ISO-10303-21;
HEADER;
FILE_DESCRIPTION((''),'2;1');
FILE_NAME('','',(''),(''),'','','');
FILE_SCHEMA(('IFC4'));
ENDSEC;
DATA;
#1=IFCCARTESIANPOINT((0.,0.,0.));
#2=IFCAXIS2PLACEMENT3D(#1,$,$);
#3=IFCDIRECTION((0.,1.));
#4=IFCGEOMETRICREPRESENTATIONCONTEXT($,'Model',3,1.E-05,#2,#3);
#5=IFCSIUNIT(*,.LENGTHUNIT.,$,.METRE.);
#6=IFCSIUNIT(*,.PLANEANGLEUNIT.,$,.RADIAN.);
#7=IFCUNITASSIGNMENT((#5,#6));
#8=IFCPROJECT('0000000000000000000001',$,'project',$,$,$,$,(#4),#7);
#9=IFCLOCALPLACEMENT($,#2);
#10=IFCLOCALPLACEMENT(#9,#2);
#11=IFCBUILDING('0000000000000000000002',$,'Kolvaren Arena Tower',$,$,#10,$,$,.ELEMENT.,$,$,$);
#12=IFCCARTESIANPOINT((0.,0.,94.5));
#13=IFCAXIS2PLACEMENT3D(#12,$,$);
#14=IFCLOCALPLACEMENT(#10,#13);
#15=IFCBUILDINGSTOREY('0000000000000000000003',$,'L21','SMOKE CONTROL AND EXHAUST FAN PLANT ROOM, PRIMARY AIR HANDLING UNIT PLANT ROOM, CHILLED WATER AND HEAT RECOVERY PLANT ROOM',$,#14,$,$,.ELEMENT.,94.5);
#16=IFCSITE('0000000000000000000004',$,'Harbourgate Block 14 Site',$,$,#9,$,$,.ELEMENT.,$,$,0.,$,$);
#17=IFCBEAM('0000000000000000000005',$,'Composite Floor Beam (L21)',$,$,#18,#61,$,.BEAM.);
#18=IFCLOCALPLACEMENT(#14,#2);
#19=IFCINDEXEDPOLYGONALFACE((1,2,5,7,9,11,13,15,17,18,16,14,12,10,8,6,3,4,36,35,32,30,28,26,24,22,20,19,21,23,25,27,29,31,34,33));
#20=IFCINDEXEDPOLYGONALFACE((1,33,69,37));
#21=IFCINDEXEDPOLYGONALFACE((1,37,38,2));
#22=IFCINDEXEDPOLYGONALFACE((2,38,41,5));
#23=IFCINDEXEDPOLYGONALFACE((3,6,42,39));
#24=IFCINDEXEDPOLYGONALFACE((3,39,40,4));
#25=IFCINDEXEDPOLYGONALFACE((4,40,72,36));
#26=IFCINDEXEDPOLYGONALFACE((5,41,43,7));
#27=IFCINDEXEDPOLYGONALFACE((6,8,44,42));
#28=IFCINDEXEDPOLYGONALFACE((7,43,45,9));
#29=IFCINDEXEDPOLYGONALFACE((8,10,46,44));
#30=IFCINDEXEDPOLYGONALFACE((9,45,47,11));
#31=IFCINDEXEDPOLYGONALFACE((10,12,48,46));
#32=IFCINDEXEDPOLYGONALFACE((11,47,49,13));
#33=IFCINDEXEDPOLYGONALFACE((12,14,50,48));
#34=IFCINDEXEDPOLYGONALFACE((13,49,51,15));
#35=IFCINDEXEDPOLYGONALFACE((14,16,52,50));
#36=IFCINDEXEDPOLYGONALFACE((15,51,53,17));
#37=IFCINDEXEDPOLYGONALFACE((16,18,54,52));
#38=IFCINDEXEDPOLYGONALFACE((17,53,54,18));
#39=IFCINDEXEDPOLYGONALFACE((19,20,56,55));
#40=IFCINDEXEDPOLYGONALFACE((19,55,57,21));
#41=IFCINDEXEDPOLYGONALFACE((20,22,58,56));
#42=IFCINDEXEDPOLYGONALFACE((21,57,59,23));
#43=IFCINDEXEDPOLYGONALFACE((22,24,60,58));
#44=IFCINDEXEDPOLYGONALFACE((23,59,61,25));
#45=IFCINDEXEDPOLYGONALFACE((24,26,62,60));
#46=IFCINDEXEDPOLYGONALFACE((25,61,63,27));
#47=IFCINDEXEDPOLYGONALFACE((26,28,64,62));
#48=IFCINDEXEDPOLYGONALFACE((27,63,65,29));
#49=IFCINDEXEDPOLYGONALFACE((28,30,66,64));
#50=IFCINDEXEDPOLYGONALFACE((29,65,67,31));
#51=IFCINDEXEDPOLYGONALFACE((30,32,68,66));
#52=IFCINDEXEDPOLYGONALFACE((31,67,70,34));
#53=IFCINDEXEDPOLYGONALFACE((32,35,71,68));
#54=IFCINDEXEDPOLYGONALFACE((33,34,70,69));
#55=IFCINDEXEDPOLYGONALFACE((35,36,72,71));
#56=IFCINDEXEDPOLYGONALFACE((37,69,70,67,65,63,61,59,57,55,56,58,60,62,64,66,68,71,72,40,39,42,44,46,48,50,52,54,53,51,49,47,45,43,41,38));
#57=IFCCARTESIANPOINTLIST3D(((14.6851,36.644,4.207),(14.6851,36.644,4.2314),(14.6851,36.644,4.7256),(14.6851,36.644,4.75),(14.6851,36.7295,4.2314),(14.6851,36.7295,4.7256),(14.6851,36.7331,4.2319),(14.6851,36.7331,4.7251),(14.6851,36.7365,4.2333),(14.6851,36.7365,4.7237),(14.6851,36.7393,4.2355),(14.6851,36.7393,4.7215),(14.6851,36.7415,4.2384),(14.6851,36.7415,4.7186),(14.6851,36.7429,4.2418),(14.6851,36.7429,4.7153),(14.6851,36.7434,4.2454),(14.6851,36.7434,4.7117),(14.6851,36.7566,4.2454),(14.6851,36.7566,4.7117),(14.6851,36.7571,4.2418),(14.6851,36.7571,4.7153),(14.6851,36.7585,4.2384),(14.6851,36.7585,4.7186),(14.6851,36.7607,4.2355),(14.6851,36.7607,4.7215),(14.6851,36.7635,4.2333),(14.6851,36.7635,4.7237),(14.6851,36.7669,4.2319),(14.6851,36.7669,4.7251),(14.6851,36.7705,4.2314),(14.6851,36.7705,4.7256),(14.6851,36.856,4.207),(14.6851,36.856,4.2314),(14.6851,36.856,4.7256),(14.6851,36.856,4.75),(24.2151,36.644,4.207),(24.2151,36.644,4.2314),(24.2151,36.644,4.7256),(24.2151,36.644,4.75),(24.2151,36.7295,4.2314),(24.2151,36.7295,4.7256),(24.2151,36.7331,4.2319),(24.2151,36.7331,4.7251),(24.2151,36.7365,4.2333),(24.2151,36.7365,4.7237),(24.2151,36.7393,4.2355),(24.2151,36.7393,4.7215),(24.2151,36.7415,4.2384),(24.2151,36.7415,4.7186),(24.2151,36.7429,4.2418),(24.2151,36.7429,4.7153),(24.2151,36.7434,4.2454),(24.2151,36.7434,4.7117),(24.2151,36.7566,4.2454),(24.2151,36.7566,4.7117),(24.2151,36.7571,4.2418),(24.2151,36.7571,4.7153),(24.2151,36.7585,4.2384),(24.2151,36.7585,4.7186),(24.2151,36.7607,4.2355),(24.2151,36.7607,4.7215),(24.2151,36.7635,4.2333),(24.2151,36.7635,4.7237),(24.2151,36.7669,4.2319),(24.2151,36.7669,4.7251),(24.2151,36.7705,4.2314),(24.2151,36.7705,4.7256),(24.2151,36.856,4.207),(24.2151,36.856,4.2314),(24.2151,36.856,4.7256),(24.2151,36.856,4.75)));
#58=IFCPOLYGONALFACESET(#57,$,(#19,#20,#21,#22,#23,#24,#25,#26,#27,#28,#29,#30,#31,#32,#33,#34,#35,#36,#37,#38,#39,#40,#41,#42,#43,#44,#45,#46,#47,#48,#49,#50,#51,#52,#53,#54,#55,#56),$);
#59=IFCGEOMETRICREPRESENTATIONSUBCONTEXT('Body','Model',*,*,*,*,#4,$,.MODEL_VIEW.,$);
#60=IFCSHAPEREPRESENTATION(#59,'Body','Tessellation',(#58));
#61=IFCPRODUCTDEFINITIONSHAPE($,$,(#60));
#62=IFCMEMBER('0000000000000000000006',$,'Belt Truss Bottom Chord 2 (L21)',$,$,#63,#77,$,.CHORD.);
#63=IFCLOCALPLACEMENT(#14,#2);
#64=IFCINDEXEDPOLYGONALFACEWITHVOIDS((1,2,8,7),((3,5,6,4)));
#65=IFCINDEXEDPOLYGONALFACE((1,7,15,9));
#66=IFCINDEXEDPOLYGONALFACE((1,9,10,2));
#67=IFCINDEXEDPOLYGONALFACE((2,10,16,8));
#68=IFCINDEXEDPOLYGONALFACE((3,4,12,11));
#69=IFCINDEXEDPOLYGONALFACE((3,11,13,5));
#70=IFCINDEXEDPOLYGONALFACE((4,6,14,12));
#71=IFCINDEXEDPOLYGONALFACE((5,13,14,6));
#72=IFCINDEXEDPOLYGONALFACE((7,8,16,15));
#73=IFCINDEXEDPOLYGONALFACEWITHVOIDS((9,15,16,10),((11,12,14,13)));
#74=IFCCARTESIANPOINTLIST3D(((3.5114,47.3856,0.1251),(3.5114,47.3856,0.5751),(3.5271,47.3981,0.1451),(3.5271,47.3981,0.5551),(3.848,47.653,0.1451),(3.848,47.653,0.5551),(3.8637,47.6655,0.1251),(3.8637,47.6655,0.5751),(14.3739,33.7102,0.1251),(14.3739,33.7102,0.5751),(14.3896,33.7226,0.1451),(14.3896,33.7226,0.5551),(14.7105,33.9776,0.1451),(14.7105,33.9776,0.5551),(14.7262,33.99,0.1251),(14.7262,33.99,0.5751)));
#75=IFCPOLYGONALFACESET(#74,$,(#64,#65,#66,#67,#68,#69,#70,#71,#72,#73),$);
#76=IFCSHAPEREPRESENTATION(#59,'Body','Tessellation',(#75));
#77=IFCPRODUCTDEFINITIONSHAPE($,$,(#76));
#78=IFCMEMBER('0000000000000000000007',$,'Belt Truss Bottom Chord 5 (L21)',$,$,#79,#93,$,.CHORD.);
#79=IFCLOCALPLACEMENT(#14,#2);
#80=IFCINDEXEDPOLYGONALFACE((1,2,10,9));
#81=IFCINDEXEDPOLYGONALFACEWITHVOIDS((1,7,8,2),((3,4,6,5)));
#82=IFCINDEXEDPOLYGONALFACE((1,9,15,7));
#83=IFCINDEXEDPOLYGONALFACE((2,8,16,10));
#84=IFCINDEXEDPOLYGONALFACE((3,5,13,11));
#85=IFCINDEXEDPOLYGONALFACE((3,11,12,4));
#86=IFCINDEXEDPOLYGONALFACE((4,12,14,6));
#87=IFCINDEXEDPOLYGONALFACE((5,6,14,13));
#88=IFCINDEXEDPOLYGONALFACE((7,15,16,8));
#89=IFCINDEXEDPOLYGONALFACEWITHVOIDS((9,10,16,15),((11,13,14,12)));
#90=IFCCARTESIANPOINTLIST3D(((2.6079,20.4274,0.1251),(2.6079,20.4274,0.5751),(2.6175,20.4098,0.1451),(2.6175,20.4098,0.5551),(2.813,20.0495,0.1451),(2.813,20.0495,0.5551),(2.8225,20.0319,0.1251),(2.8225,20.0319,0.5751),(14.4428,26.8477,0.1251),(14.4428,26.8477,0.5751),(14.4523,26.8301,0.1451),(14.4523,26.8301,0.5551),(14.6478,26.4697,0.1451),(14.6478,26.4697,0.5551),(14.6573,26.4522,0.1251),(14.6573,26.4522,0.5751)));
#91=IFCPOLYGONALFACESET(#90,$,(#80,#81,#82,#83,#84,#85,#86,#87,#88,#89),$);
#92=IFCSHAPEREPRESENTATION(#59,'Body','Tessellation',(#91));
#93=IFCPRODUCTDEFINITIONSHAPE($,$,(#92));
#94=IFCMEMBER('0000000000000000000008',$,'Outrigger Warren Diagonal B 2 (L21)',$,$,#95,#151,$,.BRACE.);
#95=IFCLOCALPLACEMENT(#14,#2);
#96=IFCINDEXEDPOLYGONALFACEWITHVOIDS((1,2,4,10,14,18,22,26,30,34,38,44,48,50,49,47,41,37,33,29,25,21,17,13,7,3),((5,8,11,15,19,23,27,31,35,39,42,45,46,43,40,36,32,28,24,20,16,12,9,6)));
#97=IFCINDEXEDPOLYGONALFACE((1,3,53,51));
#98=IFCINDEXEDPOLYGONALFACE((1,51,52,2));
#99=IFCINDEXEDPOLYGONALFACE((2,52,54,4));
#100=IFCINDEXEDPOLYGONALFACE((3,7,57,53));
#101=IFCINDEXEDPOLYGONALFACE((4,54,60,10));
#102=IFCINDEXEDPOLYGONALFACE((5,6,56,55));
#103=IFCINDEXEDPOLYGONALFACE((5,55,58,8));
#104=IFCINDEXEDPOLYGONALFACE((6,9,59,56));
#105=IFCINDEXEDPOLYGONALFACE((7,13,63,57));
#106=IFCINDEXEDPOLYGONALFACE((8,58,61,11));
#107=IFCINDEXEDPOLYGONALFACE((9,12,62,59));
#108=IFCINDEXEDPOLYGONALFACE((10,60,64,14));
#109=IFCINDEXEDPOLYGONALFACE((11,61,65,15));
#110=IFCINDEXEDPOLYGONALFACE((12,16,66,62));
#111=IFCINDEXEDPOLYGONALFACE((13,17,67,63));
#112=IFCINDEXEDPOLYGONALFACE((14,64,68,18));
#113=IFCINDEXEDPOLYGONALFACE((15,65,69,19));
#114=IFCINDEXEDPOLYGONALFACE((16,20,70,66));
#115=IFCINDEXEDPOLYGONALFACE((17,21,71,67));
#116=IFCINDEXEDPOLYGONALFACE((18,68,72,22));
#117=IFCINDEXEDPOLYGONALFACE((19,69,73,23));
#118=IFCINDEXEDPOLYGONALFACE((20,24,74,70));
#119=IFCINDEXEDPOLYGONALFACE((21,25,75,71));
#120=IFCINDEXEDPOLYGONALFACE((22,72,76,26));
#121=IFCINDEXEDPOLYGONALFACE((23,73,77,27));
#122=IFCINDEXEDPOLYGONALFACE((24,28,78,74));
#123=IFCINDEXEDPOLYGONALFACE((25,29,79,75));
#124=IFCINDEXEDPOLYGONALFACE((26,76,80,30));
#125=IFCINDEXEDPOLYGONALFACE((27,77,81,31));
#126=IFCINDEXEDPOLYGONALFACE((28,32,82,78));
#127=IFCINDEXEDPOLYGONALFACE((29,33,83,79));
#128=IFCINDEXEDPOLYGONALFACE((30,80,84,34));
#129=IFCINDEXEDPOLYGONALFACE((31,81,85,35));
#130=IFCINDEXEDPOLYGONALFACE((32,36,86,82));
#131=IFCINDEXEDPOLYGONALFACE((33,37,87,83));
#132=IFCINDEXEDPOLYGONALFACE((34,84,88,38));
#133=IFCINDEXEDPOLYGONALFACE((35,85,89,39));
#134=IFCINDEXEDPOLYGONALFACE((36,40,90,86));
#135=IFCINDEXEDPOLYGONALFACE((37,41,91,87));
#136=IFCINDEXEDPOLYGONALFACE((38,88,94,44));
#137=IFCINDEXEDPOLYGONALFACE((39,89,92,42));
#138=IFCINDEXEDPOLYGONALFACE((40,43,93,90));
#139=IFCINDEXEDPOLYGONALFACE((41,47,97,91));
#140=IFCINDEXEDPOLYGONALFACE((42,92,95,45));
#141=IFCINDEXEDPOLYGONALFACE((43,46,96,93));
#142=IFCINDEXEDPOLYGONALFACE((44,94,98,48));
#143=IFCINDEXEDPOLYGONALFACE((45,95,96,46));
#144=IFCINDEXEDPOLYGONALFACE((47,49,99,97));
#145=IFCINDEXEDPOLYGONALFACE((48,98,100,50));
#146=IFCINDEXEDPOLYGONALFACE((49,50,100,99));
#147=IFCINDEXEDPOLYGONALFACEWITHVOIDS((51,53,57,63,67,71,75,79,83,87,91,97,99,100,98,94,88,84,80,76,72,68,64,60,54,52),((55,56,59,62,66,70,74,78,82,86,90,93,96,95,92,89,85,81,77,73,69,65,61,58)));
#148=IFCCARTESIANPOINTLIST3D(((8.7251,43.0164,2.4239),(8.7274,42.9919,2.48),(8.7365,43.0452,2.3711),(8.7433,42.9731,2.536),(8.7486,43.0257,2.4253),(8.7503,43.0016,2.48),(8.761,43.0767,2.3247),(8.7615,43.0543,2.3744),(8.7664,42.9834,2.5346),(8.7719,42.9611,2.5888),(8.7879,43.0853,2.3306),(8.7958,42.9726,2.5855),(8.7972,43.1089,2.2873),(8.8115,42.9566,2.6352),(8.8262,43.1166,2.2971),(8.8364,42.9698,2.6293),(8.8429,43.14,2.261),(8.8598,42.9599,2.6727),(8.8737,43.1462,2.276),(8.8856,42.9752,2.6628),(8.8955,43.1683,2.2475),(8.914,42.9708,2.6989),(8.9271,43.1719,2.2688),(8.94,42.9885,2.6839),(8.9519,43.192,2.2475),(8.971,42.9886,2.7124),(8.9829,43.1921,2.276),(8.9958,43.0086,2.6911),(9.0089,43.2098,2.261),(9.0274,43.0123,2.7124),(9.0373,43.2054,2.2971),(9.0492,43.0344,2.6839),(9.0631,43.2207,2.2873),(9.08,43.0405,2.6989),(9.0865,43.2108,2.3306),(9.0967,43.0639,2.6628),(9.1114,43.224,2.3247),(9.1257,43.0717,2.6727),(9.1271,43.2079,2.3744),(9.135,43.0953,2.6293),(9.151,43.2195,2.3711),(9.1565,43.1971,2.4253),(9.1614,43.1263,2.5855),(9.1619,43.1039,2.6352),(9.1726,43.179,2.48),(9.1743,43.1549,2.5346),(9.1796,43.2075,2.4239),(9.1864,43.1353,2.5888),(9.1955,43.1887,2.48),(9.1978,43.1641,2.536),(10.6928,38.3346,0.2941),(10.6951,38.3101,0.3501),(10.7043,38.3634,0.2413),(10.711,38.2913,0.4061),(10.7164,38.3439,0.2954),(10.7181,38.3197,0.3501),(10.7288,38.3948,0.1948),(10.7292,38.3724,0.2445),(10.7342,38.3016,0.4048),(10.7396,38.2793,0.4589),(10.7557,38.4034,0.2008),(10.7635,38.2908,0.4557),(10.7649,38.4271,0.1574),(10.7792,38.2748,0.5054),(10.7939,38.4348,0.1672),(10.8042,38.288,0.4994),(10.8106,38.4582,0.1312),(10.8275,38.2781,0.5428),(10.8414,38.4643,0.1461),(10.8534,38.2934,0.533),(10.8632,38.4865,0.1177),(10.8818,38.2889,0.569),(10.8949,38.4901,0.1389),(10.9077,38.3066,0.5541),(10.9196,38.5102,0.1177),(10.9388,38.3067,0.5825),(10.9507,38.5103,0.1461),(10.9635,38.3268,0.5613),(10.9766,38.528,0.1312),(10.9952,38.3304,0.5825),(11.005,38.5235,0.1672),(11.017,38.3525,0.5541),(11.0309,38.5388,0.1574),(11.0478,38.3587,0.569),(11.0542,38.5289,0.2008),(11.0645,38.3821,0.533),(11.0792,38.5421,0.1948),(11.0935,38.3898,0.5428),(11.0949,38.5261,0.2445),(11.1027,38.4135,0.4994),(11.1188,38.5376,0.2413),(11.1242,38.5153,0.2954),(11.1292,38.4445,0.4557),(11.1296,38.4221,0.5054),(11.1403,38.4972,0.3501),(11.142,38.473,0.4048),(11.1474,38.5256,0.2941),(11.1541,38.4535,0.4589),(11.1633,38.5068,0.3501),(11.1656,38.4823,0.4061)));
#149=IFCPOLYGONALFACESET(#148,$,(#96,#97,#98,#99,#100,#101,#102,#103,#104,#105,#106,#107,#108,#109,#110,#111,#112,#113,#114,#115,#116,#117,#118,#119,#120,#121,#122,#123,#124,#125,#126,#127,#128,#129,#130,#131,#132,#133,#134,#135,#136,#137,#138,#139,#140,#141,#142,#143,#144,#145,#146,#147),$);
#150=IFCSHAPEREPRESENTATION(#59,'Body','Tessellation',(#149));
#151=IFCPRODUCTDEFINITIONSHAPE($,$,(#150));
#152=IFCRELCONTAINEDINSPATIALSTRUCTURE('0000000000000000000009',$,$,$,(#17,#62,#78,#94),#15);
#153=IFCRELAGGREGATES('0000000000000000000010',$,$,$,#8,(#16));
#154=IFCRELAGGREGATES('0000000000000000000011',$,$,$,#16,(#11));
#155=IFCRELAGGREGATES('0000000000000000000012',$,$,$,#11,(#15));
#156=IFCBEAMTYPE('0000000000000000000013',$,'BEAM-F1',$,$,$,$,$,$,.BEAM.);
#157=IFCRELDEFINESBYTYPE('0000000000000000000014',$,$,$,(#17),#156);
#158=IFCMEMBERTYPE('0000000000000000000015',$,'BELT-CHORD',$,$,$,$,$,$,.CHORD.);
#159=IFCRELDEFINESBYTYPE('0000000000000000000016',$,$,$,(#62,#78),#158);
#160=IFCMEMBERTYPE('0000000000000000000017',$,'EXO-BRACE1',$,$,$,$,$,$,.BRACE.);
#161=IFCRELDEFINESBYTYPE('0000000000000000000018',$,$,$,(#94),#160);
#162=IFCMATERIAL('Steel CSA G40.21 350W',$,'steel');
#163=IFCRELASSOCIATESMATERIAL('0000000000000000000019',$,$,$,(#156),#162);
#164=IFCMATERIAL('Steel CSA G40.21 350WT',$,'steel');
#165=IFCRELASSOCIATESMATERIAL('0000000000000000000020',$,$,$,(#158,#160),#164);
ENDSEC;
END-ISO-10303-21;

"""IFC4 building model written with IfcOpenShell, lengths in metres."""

from ifc_helpers import new_model, si_unit, direction, frame, origin, origin_2d, place, context, subcontext, project, spatial, hollow_rectangle, hollow_circle, i_section, extrude, material, material_profile, profile_set, type_object, element, save


model = new_model("IFC4")

# Units and contexts
model_context = context("Model", 3, precision=1e-05, world=origin(), true_north=direction((0.0, 1.0)))
body_context = subcontext(model_context, "Body", "Model", "MODEL_VIEW")
ifc_project = project(units=[si_unit("LENGTHUNIT", "METRE"), si_unit("PLANEANGLEUNIT", "RADIAN")], contexts=[model_context])

# Site, building, storey
site_placement = place(None, origin())
site = spatial("IfcSite", under=ifc_project, at=site_placement, Name="Harbourgate Block 14 Site", CompositionType="ELEMENT", RefElevation=0.0)
building_placement = place(site_placement, origin())
building = spatial("IfcBuilding", under=site, at=building_placement, Name="Kolvaren Arena Tower", CompositionType="ELEMENT")
storey_placement = place(building_placement, frame((0.0, 0.0, 94.5)))
storey = spatial("IfcBuildingStorey", under=building, at=storey_placement, Name="L21", Description="SMOKE CONTROL AND EXHAUST FAN PLANT ROOM, PRIMARY AIR HANDLING UNIT PLANT ROOM, CHILLED WATER AND HEAT RECOVERY PLANT ROOM", CompositionType="ELEMENT", Elevation=94.5)

# Beam
ifc_material_1 = material(Name="Steel CSA G40.21 350W", Category="steel")
ifc_material_profile_1 = material_profile(ifc_material_1, i_section(OverallWidth=0.2119, OverallDepth=0.543, WebThickness=0.0132, FlangeThickness=0.0244, FilletRadius=0.0139, at=origin_2d()), Name="W530x150")
ifc_profile_set_1 = profile_set([ifc_material_profile_1], Name="Steel CSA G40.21 350W")
beam_type_1 = type_object("IfcBeamType", Name="BEAM-F1", PredefinedType="BEAM", material=ifc_profile_set_1)
beam_1_placement = place(storey_placement, frame((14.6851, 36.75, 4.4785), z_axis=(1.0, 0.0, 0.0), x_axis=(0.0, 1.0, 0.0)))
element("IfcBeam", 1, at=beam_1_placement, inside=storey, type_object=beam_type_1, Name="Composite Floor Beam (L21)", PredefinedType="BEAM", context=body_context, shape_type="SweptSolid", body=[
    extrude(i_section(OverallWidth=0.2119, OverallDepth=0.543, WebThickness=0.0132, FlangeThickness=0.0244, FilletRadius=0.0139, at=origin_2d()), origin(), (0.0, 0.0, 1.0), 9.53),
])

# Members
ifc_material_2 = material(Name="Steel CSA G40.21 350WT", Category="steel")
ifc_material_profile_2 = material_profile(ifc_material_2, hollow_rectangle(XDim=0.45, YDim=0.45, WallThickness=0.02, at=origin_2d()), Name="HSS 450x450x20")
ifc_profile_set_2 = profile_set([ifc_material_profile_2], Name="Steel CSA G40.21 350WT")
member_type_1 = type_object("IfcMemberType", Name="BELT-CHORD", PredefinedType="CHORD", material=ifc_profile_set_2)
member_1_placement = place(storey_placement, frame((14.55, 33.8501, 0.3501), z_axis=(-0.621972, 0.783039, 0.0), x_axis=(-0.783039, -0.621972, 0.0)))
element("IfcMember", 2, at=member_1_placement, inside=storey, type_object=member_type_1, Name="Belt Truss Bottom Chord 2 (L21)", PredefinedType="CHORD", context=body_context, shape_type="SweptSolid", body=[
    extrude(hollow_rectangle(XDim=0.45, YDim=0.45, WallThickness=0.02, at=origin_2d()), origin(), (0.0, 0.0, 1.0), 17.4646),
])
member_2_placement = place(storey_placement, frame((14.55, 26.6499, 0.3501), z_axis=(-0.87899, -0.47684, 0.0), x_axis=(0.47684, -0.87899, 0.0)))
element("IfcMember", 3, at=member_2_placement, inside=storey, type_object=member_type_1, Name="Belt Truss Bottom Chord 5 (L21)", PredefinedType="CHORD", context=body_context, shape_type="SweptSolid", body=[
    extrude(hollow_rectangle(XDim=0.45, YDim=0.45, WallThickness=0.02, at=origin_2d()), origin(), (0.0, 0.0, 1.0), 13.4641),
])
ifc_material_profile_3 = material_profile(ifc_material_2, hollow_circle(Radius=0.2539, WallThickness=0.0249, at=origin_2d()), Name="CHS 508x25")
ifc_profile_set_3 = profile_set([ifc_material_profile_3], Name="Steel CSA G40.21 350WT")
member_type_2 = type_object("IfcMemberType", Name="EXO-BRACE1", PredefinedType="BRACE", material=ifc_profile_set_3)
member_3_placement = place(storey_placement, frame((10.9292, 38.4084, 0.3501), z_axis=(-0.357313, 0.850148, 0.386749), x_axis=(-0.921885, -0.387464, 0.0)))
element("IfcMember", 4, at=member_3_placement, inside=storey, type_object=member_type_2, Name="Outrigger Warren Diagonal B 2 (L21)", PredefinedType="BRACE", context=body_context, shape_type="SweptSolid", body=[
    extrude(hollow_circle(Radius=0.2539, WallThickness=0.0249, at=origin_2d()), origin(), (0.0, 0.0, 1.0), 5.5071),
])

save(model, "model.ifc")
